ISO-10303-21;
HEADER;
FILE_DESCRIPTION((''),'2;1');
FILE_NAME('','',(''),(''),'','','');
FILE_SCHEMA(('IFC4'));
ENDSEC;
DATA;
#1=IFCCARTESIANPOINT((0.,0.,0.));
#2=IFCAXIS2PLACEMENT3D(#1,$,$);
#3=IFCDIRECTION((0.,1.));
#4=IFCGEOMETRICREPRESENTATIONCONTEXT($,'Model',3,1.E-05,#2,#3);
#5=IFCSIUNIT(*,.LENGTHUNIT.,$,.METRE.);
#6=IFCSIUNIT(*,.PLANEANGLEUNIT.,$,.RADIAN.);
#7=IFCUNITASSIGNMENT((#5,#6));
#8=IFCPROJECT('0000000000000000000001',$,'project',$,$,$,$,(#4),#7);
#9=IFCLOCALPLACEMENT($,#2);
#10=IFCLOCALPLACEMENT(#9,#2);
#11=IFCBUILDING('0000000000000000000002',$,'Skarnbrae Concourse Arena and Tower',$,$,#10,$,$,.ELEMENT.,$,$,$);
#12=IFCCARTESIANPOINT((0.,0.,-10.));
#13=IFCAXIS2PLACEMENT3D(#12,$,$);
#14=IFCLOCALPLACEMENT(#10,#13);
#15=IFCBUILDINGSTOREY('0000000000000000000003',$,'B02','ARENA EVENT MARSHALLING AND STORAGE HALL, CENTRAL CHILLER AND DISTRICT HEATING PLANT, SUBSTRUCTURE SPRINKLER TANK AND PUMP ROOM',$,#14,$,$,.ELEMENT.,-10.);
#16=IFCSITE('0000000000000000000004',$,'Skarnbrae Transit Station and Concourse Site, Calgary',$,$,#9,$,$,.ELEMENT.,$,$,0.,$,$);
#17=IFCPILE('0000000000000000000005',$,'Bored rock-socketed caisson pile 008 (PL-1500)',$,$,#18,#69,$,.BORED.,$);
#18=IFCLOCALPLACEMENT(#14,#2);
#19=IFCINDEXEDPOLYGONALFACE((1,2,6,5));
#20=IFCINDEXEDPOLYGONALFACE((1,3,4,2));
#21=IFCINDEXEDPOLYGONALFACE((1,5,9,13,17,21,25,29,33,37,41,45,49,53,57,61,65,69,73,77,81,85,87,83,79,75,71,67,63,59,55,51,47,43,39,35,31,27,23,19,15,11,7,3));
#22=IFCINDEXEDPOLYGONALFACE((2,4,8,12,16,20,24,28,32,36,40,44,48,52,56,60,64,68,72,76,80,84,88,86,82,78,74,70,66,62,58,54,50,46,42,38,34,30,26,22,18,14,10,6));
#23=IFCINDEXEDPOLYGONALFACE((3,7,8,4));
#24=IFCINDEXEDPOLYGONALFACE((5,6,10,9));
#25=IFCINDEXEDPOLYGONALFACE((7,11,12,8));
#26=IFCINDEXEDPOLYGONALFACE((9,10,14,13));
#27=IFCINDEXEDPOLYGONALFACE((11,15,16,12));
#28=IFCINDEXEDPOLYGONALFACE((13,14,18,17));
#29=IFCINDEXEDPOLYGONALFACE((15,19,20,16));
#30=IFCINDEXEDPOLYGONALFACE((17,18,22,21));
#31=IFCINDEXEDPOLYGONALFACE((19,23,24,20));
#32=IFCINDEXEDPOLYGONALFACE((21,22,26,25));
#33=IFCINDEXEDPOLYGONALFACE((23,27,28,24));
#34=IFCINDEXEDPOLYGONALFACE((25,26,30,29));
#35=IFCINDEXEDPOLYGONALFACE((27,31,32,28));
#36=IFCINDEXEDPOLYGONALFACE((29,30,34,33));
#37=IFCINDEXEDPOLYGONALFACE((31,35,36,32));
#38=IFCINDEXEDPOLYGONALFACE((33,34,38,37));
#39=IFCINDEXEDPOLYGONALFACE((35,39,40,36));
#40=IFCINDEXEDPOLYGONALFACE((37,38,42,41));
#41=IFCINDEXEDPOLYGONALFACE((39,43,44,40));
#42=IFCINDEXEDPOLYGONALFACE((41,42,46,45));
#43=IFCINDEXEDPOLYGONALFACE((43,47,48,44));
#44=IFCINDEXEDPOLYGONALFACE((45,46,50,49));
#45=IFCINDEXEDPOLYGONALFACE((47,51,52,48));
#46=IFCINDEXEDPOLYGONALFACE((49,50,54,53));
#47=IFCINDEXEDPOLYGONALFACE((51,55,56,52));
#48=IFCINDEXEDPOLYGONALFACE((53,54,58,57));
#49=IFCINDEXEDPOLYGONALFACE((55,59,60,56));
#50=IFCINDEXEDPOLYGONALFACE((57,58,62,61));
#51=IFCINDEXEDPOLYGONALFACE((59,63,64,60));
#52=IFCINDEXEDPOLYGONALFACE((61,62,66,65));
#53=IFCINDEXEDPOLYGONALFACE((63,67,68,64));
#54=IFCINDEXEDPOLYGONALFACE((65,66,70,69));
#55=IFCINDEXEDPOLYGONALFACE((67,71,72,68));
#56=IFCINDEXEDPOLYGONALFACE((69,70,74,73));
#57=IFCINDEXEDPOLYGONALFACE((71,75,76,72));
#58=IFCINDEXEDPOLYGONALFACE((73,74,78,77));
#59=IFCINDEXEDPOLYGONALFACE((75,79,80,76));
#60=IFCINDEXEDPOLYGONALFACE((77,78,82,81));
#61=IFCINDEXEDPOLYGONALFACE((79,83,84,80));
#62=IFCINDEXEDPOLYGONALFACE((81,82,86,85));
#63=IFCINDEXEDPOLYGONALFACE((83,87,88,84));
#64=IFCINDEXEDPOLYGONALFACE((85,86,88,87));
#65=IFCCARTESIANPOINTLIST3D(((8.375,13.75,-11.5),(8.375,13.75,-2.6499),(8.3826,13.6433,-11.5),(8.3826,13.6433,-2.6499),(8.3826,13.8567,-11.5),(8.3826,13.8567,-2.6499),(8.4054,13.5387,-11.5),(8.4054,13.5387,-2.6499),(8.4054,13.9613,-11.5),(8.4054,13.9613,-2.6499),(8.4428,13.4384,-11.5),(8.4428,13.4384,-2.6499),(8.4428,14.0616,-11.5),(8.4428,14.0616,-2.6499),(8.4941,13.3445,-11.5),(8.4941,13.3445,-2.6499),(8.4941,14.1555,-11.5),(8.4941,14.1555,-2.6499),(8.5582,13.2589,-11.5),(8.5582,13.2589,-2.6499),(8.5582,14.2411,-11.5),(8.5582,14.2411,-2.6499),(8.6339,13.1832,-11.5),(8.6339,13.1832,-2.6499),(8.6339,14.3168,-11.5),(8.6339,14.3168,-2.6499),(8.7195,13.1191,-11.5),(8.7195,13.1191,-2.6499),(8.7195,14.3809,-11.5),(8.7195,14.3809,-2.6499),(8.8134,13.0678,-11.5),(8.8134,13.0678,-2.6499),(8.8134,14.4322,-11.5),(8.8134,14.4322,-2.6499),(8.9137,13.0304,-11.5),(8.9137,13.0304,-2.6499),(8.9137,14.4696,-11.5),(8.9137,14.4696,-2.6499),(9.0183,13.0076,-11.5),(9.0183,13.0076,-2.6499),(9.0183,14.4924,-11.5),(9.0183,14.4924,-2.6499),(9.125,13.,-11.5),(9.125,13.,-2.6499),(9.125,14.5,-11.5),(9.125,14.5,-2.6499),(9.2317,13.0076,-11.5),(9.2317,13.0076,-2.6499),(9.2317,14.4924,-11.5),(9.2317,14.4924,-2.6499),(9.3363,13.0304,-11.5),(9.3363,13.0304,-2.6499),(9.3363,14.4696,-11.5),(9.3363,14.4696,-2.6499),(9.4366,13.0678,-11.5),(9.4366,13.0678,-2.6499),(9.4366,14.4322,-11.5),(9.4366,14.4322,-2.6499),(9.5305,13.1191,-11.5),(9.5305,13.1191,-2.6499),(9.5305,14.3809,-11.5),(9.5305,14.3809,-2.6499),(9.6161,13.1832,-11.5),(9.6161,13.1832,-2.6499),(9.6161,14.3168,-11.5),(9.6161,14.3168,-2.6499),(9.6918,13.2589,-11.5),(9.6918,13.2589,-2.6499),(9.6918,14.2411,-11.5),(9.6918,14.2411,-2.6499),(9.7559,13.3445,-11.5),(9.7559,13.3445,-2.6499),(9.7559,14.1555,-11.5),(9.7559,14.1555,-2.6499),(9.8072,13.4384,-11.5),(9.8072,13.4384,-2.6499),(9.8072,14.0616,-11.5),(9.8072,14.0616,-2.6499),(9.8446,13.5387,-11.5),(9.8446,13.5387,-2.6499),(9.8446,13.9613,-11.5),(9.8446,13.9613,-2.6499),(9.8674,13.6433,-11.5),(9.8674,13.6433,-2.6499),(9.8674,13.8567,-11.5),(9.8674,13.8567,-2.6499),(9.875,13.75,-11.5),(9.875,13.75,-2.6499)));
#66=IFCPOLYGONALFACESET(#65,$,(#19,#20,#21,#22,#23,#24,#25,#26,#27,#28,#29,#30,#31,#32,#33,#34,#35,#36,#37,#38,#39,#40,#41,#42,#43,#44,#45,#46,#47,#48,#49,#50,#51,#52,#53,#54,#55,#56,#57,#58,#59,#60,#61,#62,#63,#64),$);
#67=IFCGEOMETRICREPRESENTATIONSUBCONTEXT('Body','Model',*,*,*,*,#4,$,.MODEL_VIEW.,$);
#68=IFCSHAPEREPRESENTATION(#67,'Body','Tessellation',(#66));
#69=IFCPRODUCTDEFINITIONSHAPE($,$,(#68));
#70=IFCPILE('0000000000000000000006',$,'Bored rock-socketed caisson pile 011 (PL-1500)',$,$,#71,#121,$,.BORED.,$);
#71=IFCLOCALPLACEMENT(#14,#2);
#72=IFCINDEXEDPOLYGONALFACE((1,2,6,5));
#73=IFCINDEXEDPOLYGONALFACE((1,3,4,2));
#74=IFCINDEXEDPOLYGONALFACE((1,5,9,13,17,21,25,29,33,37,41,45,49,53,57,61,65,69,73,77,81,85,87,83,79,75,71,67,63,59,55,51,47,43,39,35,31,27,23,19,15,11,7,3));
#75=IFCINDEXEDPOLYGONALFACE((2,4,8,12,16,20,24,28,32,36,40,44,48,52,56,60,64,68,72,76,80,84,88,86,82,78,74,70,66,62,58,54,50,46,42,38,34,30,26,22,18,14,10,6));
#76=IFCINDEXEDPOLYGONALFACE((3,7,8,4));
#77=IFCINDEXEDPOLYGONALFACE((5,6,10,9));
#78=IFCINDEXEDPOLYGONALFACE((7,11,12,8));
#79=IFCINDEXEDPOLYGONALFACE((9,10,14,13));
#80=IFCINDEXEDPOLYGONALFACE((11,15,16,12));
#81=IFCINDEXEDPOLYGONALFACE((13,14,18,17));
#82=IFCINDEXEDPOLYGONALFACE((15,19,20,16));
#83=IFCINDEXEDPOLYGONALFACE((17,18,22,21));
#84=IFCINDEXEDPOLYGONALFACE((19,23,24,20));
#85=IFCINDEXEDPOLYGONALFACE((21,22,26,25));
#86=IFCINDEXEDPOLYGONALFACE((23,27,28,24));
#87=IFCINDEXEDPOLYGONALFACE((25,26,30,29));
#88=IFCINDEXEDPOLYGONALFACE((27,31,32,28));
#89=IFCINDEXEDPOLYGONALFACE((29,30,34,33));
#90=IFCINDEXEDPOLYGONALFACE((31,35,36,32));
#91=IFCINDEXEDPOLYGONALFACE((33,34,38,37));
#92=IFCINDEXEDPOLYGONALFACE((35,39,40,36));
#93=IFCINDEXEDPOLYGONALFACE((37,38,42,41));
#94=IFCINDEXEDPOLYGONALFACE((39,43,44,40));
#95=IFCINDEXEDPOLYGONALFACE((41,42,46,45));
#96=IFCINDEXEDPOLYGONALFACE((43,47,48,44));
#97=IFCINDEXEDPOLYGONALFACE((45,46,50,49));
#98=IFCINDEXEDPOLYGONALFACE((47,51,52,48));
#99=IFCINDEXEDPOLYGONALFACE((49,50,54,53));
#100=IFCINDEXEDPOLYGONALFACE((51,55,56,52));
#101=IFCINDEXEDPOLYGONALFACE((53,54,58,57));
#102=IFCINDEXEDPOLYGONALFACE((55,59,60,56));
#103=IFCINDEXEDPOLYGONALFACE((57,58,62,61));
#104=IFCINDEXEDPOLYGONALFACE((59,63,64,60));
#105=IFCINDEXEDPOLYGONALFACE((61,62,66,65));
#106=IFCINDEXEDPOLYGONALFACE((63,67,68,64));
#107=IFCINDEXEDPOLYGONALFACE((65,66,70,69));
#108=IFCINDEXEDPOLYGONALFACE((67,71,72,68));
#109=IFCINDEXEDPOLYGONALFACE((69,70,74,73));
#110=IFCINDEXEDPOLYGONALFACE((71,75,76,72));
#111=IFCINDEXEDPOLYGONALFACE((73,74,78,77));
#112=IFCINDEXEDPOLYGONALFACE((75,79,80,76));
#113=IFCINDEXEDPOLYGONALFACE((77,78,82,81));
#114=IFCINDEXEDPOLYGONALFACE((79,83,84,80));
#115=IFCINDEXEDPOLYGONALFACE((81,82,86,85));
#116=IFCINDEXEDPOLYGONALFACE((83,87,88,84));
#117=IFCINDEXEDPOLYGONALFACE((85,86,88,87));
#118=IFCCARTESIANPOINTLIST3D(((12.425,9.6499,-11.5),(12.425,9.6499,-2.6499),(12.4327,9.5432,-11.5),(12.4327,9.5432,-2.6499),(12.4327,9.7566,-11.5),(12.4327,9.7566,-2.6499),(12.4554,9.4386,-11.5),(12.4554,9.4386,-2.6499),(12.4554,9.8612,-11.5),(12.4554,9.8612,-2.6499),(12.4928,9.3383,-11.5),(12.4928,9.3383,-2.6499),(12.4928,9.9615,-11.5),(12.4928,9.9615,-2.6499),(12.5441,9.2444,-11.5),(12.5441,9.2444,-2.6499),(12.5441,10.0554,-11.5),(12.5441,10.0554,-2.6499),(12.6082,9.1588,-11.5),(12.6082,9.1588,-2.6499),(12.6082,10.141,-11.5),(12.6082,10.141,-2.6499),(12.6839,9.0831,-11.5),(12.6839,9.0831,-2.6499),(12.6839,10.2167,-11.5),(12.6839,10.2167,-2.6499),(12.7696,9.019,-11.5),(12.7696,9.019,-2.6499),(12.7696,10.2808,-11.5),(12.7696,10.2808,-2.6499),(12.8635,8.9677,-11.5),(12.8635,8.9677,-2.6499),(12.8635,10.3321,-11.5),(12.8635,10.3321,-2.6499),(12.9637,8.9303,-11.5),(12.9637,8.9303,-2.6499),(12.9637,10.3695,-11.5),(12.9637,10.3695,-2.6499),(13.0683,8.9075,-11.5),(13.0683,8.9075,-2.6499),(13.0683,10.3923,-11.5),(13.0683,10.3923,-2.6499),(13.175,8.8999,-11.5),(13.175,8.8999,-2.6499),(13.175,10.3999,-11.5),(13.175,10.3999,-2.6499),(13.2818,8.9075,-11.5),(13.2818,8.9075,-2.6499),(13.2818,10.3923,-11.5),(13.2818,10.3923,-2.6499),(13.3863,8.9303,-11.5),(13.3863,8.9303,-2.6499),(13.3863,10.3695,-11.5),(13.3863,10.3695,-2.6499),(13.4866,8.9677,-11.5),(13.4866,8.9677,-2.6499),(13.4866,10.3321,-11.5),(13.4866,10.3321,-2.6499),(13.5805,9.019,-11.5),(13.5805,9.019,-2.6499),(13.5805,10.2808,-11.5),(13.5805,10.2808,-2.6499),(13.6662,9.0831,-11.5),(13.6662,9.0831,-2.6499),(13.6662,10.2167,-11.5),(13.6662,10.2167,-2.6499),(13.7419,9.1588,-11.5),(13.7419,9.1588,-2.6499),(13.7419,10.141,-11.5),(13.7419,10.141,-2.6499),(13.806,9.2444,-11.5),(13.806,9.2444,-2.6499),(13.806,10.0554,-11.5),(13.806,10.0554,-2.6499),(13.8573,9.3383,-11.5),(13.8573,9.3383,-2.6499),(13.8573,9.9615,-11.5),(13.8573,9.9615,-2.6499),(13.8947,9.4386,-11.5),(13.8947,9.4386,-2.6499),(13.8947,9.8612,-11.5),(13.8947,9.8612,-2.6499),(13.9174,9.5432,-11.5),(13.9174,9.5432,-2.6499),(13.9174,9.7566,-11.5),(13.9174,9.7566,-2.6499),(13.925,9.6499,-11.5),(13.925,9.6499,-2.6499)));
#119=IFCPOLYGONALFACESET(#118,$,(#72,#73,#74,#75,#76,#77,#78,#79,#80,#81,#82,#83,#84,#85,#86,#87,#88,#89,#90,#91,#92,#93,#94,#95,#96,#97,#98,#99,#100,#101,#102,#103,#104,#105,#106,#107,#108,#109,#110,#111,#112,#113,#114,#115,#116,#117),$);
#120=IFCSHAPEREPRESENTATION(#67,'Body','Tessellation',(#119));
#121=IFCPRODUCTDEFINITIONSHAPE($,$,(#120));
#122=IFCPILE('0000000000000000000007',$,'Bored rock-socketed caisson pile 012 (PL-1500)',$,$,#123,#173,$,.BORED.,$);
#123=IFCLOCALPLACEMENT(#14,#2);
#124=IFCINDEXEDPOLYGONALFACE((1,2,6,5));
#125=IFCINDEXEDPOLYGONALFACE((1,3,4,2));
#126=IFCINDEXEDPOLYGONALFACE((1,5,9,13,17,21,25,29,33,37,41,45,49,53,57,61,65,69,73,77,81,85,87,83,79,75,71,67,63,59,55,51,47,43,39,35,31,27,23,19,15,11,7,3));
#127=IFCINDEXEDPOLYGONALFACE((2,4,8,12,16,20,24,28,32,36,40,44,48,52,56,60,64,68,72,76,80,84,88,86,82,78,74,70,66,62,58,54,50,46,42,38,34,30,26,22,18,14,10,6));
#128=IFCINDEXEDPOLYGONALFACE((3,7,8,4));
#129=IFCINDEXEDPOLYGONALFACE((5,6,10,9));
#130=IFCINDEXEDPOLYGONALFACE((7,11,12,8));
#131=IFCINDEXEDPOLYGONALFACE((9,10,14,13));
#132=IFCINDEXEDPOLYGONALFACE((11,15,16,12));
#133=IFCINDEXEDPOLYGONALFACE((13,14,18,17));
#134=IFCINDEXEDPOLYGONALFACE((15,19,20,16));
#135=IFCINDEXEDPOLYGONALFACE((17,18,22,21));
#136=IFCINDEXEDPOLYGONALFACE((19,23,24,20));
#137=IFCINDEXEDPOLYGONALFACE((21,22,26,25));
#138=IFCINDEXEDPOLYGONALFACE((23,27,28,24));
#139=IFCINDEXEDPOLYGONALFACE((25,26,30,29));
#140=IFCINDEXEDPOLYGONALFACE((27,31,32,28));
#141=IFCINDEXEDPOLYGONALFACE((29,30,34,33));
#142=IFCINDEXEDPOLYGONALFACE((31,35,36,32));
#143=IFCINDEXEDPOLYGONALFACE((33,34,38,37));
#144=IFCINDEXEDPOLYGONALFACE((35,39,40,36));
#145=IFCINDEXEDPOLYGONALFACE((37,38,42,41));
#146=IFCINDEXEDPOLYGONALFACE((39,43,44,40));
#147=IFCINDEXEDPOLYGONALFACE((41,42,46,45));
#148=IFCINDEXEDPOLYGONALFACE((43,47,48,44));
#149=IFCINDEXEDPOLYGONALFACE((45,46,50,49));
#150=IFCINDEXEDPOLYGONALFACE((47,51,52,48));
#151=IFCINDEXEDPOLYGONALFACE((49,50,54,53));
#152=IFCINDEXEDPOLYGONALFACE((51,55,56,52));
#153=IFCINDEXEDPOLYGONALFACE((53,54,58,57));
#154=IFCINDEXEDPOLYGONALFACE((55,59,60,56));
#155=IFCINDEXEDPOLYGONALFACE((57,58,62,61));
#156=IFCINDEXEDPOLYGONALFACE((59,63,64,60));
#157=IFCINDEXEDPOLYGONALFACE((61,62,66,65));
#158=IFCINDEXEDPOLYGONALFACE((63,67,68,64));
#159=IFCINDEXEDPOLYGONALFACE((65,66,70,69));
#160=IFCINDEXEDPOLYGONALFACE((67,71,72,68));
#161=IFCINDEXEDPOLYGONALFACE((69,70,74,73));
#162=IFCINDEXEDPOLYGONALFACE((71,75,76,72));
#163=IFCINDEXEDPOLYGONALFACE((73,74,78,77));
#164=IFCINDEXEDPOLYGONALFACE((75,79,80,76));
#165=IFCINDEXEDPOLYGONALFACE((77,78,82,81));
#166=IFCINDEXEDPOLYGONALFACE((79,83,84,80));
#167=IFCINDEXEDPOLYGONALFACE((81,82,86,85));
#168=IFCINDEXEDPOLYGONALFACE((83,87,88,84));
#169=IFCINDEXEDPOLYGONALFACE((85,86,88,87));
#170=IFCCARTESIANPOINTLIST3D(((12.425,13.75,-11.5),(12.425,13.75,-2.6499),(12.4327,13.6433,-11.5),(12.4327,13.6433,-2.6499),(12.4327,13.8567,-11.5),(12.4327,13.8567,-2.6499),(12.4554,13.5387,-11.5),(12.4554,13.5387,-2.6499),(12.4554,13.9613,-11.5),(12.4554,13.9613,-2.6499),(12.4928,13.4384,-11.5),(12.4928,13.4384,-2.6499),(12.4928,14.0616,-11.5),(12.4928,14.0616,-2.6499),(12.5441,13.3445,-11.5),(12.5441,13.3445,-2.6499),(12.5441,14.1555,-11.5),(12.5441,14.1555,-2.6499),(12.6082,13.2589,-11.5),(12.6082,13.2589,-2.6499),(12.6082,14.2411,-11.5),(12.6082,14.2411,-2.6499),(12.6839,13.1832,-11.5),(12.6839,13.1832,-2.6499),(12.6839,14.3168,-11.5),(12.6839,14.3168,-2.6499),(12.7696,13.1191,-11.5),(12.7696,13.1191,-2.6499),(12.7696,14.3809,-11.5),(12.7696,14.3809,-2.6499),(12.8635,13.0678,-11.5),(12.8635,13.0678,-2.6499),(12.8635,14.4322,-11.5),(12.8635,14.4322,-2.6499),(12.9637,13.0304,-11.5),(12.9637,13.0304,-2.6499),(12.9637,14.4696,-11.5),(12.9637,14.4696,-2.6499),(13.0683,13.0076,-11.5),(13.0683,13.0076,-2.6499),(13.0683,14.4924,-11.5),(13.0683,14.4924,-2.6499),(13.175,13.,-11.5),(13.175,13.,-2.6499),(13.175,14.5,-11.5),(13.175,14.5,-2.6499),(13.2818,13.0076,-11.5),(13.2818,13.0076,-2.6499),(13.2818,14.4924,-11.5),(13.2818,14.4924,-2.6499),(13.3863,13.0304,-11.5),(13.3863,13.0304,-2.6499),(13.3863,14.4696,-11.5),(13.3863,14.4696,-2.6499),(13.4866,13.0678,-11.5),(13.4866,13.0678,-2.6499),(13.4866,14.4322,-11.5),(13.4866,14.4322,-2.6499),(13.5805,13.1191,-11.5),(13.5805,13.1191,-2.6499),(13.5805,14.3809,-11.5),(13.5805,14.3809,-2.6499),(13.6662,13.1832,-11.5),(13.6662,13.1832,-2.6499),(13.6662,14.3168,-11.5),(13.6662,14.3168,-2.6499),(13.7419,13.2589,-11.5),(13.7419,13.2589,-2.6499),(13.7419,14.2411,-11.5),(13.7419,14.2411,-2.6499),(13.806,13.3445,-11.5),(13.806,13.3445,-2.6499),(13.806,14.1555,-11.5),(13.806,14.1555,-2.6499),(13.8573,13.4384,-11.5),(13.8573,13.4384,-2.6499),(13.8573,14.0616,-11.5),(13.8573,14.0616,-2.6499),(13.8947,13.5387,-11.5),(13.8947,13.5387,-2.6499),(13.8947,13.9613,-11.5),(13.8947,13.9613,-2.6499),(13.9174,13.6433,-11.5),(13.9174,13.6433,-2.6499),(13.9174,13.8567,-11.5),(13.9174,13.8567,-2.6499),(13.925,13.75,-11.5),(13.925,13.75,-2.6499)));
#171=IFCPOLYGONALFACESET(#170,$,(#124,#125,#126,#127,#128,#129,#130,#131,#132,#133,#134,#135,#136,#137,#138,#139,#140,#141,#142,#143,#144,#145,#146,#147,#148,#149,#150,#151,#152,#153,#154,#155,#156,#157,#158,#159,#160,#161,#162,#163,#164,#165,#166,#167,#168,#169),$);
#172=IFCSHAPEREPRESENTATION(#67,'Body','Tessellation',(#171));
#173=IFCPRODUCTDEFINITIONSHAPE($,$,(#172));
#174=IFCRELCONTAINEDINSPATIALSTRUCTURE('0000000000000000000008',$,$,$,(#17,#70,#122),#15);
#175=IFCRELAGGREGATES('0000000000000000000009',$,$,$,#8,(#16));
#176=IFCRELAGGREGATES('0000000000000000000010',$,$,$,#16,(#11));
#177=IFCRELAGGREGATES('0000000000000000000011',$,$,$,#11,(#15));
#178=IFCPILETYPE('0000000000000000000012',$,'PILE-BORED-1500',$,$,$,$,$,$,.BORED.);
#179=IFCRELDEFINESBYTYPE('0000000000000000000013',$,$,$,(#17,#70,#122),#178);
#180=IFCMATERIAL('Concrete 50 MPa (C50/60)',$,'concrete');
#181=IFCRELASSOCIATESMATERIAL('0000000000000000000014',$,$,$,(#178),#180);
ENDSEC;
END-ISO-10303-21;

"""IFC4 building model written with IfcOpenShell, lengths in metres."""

from ifc_helpers import new_model, si_unit, direction, frame, origin, origin_2d, place, context, subcontext, project, spatial, circle, extrude, source, transform, mapped, material, material_profile, profile_set, type_object, element, save


model = new_model("IFC4")

# Units and contexts
model_context = context("Model", 3, precision=1e-05, world=origin(), true_north=direction((0.0, 1.0)))
body_context = subcontext(model_context, "Body", "Model", "MODEL_VIEW")
ifc_project = project(units=[si_unit("LENGTHUNIT", "METRE"), si_unit("PLANEANGLEUNIT", "RADIAN")], contexts=[model_context])

# Site, building, storey
site_placement = place(None, origin())
site = spatial("IfcSite", under=ifc_project, at=site_placement, Name="Skarnbrae Transit Station and Concourse Site, Calgary", CompositionType="ELEMENT", RefElevation=0.0)
building_placement = place(site_placement, origin())
building = spatial("IfcBuilding", under=site, at=building_placement, Name="Skarnbrae Concourse Arena and Tower", CompositionType="ELEMENT")
storey_placement = place(building_placement, frame((0.0, 0.0, -10.0)))
storey = spatial("IfcBuildingStorey", under=building, at=storey_placement, Name="B02", Description="ARENA EVENT MARSHALLING AND STORAGE HALL, CENTRAL CHILLER AND DISTRICT HEATING PLANT, SUBSTRUCTURE SPRINKLER TANK AND PUMP ROOM", CompositionType="ELEMENT", Elevation=-10.0)

# Piles
ifc_material_1 = material(Name="Concrete 50 MPa (C50/60)", Category="concrete")
ifc_material_profile_1 = material_profile(ifc_material_1, circle(Radius=0.75, at=origin_2d()), Name="CAISSON-1500")
ifc_profile_set_1 = profile_set([ifc_material_profile_1], Name="Concrete 50 MPa (C50/60)")
pile_type = type_object("IfcPileType", Name="PILE-BORED-1500", PredefinedType="BORED", material=ifc_profile_set_1)
shared_shape_1 = source(origin(), body_context, "Body", "SweptSolid", [
    extrude(circle(Radius=0.75, at=origin_2d()), origin(), (0.0, 0.0, 1.0), 8.8501),
])
for number, where, z_axis, x_axis, name in (
    (1, (9.125, 13.75, -2.6499), (0.0, 0.0, -1.0), (1.0, 0.0, 0.0), "Bored rock-socketed caisson pile 008 (PL-1500)"),
    (2, (13.175, 9.6499, -2.6499), (0.0, 0.0, -1.0), (1.0, 0.0, 0.0), "Bored rock-socketed caisson pile 011 (PL-1500)"),
    (3, (13.175, 13.75, -2.6499), (0.0, 0.0, -1.0), (1.0, 0.0, 0.0), "Bored rock-socketed caisson pile 012 (PL-1500)"),
):
    element("IfcPile", number, at=place(storey_placement, frame(where, z_axis=z_axis, x_axis=x_axis)), inside=storey, type_object=pile_type, Name=name, PredefinedType="BORED", context=body_context, shape_type="MappedRepresentation", body=[
        mapped(shared_shape_1, transform((0.0, 0.0, 0.0))),
    ])

save(model, "model.ifc")
